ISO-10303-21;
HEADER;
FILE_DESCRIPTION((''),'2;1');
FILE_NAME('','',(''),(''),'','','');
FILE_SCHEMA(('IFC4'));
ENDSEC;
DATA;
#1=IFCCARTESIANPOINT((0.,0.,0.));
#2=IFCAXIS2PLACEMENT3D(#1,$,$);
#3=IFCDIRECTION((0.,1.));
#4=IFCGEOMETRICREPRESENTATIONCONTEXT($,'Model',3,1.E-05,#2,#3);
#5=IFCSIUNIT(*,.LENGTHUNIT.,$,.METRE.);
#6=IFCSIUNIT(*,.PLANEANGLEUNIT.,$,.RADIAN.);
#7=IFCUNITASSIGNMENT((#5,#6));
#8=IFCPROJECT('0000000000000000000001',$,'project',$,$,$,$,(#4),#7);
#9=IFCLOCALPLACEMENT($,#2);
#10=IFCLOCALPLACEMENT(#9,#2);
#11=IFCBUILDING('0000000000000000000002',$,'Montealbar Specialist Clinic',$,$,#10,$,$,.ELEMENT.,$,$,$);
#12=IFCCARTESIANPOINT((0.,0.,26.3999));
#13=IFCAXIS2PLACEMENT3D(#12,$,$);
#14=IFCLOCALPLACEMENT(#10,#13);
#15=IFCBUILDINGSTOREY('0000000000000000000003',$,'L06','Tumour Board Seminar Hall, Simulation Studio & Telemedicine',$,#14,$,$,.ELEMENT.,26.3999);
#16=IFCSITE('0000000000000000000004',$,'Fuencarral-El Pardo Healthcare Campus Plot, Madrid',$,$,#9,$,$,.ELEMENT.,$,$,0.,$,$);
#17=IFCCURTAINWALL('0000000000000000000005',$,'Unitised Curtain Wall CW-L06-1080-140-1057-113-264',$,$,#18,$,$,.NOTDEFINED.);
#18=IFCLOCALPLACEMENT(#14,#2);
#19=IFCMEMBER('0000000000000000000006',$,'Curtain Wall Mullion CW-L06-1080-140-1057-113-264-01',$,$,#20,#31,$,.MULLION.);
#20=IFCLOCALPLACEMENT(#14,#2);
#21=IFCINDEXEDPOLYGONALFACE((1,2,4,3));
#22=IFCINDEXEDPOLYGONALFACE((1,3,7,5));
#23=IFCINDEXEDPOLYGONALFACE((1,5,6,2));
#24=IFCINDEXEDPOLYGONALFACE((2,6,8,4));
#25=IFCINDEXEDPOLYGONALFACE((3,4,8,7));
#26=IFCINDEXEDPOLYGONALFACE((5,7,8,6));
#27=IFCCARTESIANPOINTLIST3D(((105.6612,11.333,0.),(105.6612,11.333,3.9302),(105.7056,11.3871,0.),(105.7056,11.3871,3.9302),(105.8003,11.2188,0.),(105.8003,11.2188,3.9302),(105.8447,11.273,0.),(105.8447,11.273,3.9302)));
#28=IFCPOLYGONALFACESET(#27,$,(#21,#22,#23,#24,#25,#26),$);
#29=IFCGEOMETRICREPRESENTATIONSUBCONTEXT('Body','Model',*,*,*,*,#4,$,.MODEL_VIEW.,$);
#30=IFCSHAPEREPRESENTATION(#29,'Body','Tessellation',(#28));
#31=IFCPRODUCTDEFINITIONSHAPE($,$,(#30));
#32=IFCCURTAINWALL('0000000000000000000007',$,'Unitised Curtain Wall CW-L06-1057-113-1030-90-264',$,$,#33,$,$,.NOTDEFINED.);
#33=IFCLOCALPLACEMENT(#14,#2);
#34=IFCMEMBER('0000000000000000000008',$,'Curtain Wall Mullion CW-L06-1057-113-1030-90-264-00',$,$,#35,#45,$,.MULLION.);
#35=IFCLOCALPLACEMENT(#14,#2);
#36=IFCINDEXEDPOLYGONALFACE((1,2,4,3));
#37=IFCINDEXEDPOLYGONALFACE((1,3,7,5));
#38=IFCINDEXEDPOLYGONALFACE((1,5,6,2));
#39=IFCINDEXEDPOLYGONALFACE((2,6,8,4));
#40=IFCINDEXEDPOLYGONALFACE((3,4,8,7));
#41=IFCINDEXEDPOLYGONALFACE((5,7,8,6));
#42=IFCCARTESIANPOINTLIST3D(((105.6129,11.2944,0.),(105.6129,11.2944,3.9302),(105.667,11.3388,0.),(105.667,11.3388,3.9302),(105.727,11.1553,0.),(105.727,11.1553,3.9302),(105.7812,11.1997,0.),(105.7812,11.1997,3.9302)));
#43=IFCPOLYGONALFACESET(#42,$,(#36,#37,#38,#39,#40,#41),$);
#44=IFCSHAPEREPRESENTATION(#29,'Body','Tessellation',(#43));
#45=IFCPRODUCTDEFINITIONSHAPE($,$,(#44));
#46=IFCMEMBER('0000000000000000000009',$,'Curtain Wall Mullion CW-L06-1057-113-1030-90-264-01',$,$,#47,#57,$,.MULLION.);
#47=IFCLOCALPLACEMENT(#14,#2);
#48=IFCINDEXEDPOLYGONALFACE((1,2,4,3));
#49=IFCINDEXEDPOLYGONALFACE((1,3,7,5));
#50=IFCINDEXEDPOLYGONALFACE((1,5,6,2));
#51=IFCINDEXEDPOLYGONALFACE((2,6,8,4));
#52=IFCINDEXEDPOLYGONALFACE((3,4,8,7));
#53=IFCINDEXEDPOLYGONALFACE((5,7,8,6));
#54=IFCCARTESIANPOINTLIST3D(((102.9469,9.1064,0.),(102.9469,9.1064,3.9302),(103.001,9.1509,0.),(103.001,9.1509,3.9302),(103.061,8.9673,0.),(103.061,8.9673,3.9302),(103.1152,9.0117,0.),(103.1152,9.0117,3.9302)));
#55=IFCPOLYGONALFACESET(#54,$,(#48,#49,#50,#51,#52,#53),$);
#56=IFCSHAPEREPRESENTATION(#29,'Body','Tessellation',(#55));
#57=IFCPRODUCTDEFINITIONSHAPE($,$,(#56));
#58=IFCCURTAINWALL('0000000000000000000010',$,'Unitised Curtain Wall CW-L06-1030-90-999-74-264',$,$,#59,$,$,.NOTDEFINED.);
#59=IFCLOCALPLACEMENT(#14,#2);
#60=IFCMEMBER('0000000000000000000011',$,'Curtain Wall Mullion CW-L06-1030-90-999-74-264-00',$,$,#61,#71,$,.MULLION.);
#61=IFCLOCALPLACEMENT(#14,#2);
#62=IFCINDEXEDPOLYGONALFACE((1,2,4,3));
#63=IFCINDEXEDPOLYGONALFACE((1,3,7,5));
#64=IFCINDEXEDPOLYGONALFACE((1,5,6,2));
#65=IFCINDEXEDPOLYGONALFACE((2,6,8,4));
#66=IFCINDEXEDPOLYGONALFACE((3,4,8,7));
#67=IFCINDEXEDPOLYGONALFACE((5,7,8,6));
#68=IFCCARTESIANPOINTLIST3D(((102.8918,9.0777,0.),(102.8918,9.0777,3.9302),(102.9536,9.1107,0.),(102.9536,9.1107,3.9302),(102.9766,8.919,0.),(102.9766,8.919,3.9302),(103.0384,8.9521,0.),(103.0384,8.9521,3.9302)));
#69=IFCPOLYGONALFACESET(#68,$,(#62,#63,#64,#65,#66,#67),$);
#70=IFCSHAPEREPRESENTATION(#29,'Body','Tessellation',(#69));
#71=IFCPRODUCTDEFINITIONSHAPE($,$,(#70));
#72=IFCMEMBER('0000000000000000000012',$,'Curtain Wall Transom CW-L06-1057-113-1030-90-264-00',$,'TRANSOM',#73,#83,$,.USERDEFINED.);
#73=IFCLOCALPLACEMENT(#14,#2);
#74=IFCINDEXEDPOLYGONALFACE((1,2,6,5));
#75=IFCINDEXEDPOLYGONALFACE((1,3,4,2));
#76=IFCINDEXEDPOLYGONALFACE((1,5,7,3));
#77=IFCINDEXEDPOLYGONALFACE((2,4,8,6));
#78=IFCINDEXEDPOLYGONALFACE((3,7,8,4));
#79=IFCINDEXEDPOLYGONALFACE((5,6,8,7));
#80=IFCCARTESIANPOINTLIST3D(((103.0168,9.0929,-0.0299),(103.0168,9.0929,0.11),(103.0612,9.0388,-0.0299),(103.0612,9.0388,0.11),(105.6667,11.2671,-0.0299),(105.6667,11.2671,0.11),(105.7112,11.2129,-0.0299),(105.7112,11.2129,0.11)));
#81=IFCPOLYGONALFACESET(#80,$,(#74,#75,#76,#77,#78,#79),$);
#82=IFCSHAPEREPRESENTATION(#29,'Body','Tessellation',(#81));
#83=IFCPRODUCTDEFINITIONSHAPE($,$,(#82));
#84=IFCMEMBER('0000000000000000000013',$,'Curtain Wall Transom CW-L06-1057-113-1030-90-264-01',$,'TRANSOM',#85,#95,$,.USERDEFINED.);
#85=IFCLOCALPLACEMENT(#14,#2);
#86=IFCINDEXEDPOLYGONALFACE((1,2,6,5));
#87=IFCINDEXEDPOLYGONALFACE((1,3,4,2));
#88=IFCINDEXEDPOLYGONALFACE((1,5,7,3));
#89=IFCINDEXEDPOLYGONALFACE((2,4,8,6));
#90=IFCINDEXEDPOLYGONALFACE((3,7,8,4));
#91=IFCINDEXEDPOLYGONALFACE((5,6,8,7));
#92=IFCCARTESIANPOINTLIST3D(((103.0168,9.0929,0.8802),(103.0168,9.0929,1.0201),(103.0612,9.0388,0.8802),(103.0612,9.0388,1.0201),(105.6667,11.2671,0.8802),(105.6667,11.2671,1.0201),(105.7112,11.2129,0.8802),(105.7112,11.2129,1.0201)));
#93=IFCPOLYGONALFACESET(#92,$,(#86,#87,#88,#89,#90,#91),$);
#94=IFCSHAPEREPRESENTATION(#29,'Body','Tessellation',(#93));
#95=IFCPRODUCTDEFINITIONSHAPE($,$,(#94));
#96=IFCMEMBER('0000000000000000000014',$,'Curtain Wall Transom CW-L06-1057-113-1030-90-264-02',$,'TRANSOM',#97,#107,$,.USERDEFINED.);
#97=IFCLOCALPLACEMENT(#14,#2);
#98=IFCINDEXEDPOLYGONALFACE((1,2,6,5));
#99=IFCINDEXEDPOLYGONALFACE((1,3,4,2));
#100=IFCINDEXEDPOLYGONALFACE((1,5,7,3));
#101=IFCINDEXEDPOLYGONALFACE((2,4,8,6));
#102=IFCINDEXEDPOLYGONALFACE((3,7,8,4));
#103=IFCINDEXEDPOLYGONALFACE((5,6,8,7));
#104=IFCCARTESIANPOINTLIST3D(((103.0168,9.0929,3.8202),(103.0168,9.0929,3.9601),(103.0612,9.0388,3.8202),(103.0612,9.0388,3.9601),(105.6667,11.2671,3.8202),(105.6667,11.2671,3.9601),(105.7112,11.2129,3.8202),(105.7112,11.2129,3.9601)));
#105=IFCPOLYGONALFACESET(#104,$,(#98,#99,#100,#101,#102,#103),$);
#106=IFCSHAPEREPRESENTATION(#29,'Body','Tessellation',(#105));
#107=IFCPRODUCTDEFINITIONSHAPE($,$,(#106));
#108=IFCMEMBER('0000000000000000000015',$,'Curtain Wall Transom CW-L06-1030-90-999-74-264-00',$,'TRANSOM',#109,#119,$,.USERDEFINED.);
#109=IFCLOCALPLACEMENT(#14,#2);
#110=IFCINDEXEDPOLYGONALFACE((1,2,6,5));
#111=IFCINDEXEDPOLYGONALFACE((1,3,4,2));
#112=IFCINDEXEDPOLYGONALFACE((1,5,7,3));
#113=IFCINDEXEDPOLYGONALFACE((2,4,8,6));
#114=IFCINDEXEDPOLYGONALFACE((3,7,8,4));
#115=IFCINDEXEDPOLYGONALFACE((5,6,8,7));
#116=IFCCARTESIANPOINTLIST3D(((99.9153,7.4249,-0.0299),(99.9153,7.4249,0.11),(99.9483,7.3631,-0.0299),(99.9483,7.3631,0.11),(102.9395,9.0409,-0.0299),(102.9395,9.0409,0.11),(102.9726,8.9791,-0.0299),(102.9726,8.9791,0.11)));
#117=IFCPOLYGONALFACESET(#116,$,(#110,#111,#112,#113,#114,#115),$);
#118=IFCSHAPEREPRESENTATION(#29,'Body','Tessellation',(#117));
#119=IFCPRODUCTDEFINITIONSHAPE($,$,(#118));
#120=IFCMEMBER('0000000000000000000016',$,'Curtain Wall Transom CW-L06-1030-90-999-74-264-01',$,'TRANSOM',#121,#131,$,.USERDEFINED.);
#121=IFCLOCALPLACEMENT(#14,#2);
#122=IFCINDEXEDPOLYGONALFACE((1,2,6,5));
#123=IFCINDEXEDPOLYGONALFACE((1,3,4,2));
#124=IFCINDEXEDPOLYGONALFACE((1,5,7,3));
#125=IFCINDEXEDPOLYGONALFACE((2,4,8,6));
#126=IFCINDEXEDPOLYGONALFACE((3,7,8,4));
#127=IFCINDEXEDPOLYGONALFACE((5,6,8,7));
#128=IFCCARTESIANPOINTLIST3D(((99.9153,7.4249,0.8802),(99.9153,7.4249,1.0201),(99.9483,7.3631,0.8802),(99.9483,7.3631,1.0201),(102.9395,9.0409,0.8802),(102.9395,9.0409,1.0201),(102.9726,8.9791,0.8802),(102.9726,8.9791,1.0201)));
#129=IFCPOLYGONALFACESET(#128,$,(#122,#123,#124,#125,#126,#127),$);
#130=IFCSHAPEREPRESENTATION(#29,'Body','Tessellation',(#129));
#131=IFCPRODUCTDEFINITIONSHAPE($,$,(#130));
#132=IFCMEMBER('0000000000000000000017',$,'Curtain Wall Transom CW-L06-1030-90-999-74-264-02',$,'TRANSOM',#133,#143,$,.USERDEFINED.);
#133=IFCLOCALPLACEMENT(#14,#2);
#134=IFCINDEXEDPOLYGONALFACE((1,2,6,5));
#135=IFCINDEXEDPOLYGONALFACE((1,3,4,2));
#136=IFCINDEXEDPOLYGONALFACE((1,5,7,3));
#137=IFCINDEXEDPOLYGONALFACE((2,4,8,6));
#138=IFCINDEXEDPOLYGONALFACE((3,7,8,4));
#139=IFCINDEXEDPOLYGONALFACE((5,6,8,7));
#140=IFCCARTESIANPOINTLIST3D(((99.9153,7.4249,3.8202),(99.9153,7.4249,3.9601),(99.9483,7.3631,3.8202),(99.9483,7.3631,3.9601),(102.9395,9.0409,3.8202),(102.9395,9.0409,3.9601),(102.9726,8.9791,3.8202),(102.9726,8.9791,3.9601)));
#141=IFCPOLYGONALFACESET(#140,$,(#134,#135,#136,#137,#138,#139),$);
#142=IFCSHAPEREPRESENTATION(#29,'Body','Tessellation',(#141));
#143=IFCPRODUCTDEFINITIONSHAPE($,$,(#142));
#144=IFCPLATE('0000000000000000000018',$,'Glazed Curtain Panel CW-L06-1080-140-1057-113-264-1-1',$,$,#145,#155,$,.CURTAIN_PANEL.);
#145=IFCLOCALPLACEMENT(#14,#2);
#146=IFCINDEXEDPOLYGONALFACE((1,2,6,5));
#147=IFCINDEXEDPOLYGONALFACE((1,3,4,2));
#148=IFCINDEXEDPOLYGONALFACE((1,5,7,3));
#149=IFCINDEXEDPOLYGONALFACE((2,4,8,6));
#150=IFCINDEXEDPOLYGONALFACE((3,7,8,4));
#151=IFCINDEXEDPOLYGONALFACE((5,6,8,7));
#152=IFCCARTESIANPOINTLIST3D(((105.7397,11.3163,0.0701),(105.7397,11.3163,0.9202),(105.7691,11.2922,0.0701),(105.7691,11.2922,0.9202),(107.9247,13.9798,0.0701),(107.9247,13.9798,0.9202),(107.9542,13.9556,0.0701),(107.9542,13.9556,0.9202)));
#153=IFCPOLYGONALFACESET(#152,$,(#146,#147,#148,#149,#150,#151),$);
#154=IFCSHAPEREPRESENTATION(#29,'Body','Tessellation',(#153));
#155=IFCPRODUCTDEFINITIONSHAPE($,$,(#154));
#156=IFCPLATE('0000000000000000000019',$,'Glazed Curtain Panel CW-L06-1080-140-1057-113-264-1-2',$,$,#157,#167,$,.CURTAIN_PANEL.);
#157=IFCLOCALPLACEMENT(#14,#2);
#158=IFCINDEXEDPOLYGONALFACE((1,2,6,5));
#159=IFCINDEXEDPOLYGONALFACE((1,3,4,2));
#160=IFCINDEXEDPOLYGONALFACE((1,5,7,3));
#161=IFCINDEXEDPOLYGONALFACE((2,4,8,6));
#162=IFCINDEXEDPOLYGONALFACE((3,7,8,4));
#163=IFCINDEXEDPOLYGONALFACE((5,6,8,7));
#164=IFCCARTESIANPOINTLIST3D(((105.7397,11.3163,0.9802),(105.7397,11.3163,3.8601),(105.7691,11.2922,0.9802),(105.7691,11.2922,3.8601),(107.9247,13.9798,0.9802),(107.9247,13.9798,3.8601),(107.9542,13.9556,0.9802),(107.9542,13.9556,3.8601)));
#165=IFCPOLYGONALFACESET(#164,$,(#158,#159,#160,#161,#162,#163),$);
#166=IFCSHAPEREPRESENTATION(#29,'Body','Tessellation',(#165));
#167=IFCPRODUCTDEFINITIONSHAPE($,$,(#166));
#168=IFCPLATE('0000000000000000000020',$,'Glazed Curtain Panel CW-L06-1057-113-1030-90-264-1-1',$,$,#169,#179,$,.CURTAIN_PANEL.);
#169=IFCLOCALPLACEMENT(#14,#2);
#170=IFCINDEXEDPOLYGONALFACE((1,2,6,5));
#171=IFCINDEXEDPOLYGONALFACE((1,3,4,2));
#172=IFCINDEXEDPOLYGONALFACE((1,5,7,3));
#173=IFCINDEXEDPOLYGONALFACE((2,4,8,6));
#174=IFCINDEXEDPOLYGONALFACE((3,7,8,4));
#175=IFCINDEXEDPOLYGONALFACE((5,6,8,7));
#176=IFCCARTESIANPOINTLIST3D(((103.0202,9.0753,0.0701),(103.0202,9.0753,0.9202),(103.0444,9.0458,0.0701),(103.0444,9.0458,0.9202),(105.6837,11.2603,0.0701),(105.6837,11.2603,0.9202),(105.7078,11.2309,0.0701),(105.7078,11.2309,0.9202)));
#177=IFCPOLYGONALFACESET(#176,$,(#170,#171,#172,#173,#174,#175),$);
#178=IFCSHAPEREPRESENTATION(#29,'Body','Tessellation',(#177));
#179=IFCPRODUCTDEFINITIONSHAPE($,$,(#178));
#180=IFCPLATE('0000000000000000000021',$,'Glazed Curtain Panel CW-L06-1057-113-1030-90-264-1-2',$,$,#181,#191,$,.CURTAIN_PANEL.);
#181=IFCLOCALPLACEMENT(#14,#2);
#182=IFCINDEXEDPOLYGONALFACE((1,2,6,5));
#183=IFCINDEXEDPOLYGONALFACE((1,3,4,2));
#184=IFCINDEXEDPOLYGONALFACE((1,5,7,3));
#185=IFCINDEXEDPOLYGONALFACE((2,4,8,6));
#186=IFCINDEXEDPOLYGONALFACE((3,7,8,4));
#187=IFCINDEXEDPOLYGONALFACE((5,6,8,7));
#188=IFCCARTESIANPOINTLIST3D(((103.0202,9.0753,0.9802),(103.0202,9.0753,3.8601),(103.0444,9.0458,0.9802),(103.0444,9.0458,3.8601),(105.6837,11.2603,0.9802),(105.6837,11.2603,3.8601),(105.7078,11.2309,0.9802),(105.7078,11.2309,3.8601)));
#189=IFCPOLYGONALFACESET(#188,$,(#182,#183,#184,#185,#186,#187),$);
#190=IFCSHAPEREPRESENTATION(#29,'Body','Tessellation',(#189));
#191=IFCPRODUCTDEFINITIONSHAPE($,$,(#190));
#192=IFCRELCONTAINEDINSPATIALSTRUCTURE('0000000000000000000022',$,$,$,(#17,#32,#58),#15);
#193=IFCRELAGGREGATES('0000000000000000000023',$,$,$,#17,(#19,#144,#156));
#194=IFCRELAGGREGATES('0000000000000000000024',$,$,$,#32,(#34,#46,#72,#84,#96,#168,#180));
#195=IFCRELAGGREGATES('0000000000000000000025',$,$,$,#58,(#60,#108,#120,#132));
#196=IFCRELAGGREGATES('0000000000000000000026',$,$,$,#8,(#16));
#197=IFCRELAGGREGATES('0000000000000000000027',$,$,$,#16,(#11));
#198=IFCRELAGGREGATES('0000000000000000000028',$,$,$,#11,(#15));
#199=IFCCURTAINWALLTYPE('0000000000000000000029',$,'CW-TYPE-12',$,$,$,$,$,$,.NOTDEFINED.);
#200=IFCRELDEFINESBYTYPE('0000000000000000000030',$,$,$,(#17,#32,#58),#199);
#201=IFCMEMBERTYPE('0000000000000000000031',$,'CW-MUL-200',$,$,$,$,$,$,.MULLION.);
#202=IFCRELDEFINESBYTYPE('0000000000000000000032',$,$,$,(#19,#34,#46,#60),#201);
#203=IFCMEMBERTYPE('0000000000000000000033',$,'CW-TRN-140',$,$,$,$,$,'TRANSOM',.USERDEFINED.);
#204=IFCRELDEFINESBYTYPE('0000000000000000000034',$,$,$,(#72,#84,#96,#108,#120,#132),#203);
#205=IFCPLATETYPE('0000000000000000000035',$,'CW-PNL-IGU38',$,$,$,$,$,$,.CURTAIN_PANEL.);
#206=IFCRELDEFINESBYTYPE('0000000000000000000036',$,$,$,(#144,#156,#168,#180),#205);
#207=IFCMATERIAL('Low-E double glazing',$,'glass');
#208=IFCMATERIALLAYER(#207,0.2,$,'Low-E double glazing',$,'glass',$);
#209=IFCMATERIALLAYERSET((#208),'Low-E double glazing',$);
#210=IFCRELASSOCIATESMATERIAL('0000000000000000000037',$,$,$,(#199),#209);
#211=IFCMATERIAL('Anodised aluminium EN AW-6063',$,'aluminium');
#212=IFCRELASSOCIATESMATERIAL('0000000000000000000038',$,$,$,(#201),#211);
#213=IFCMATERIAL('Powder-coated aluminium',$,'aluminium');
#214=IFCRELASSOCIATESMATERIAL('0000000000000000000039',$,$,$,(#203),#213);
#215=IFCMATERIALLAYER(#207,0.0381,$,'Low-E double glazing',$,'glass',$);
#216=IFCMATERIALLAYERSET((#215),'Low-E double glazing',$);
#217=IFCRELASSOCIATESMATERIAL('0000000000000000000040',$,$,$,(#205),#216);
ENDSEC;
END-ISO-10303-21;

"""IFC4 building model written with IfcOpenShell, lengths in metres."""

from ifc_helpers import new_model, si_unit, direction, frame, origin, origin_2d, place, context, subcontext, project, spatial, rectangle, extrude, material, layer, layer_set, material_profile, profile_set, type_object, element, aggregate, save


model = new_model("IFC4")

# Units and contexts
model_context = context("Model", 3, precision=1e-05, world=origin(), true_north=direction((0.0, 1.0)))
body_context = subcontext(model_context, "Body", "Model", "MODEL_VIEW")
ifc_project = project(units=[si_unit("LENGTHUNIT", "METRE"), si_unit("PLANEANGLEUNIT", "RADIAN")], contexts=[model_context])

# Site, building, storey
site_placement = place(None, origin())
site = spatial("IfcSite", under=ifc_project, at=site_placement, Name="Fuencarral-El Pardo Healthcare Campus Plot, Madrid", CompositionType="ELEMENT", RefElevation=0.0)
building_placement = place(site_placement, origin())
building = spatial("IfcBuilding", under=site, at=building_placement, Name="Montealbar Specialist Clinic", CompositionType="ELEMENT")
storey_placement = place(building_placement, frame((0.0, 0.0, 26.3999)))
storey = spatial("IfcBuildingStorey", under=building, at=storey_placement, Name="L06", Description="Tumour Board Seminar Hall, Simulation Studio & Telemedicine", CompositionType="ELEMENT", Elevation=26.3999)

# Curtain wall, member
ifc_material_1 = material(Name="Low-E double glazing", Category="glass")
ifc_layer_1 = layer(ifc_material_1, 0.2, Name="Low-E double glazing", Category="glass")
ifc_layer_set_1 = layer_set([ifc_layer_1], Name="Low-E double glazing")
curtain_wall_type = type_object("IfcCurtainWallType", Name="CW-TYPE-12", PredefinedType="NOTDEFINED", material=ifc_layer_set_1)
curtain_wall_1_placement = place(storey_placement, origin())
curtain_wall_1 = element("IfcCurtainWall", 1, at=curtain_wall_1_placement, inside=storey, type_object=curtain_wall_type, Name="Unitised Curtain Wall CW-L06-1080-140-1057-113-264", PredefinedType="NOTDEFINED")
ifc_material_2 = material(Name="Anodised aluminium EN AW-6063", Category="aluminium")
ifc_material_profile_1 = material_profile(ifc_material_2, rectangle(XDim=0.0701, YDim=0.1799, at=origin_2d()), Name="ALU 70x180", Category="aluminium")
ifc_profile_set_1 = profile_set([ifc_material_profile_1], Name="Anodised aluminium EN AW-6063")
member_type_1 = type_object("IfcMemberType", Name="CW-MUL-200", PredefinedType="MULLION", material=ifc_profile_set_1)
member_1_placement = place(storey_placement, frame((105.7529, 11.303, 0.0), z_axis=(0.0, 0.0, 1.0), x_axis=(-0.634256, -0.773123, 0.0)))
member_1 = element("IfcMember", 2, at=member_1_placement, type_object=member_type_1, Name="Curtain Wall Mullion CW-L06-1080-140-1057-113-264-01", PredefinedType="MULLION", context=body_context, shape_type="SweptSolid", body=[
    extrude(rectangle(XDim=0.0701, YDim=0.1799, at=origin_2d()), origin(), (0.0, 0.0, 1.0), 3.9302),
])

# Curtain wall, members
curtain_wall_2_placement = place(storey_placement, origin())
curtain_wall_2 = element("IfcCurtainWall", 3, at=curtain_wall_2_placement, inside=storey, type_object=curtain_wall_type, Name="Unitised Curtain Wall CW-L06-1057-113-1030-90-264", PredefinedType="NOTDEFINED")
member_2_placement = place(storey_placement, frame((105.697, 11.2471, 0.0), z_axis=(0.0, 0.0, 1.0), x_axis=(-0.773123, -0.634256, 0.0)))
member_2 = element("IfcMember", 4, at=member_2_placement, type_object=member_type_1, Name="Curtain Wall Mullion CW-L06-1057-113-1030-90-264-00", PredefinedType="MULLION", context=body_context, shape_type="SweptSolid", body=[
    extrude(rectangle(XDim=0.0701, YDim=0.1799, at=origin_2d()), origin(), (0.0, 0.0, 1.0), 3.9302),
])
member_3_placement = place(storey_placement, frame((103.031, 9.0591, 0.0), z_axis=(0.0, 0.0, 1.0), x_axis=(-0.773123, -0.634256, 0.0)))
member_3 = element("IfcMember", 5, at=member_3_placement, type_object=member_type_1, Name="Curtain Wall Mullion CW-L06-1057-113-1030-90-264-01", PredefinedType="MULLION", context=body_context, shape_type="SweptSolid", body=[
    extrude(rectangle(XDim=0.0701, YDim=0.1799, at=origin_2d()), origin(), (0.0, 0.0, 1.0), 3.9302),
])

# Curtain wall, member
curtain_wall_3_placement = place(storey_placement, origin())
curtain_wall_3 = element("IfcCurtainWall", 6, at=curtain_wall_3_placement, inside=storey, type_object=curtain_wall_type, Name="Unitised Curtain Wall CW-L06-1030-90-999-74-264", PredefinedType="NOTDEFINED")
member_4_placement = place(storey_placement, frame((102.9651, 9.0149, 0.0), z_axis=(0.0, 0.0, 1.0), x_axis=(-0.88185, -0.471529, 0.0)))
member_4 = element("IfcMember", 7, at=member_4_placement, type_object=member_type_1, Name="Curtain Wall Mullion CW-L06-1030-90-999-74-264-00", PredefinedType="MULLION", context=body_context, shape_type="SweptSolid", body=[
    extrude(rectangle(XDim=0.0701, YDim=0.1799, at=origin_2d()), origin(), (0.0, 0.0, 1.0), 3.9302),
])

# Members
ifc_material_3 = material(Name="Powder-coated aluminium", Category="aluminium")
ifc_material_profile_2 = material_profile(ifc_material_3, rectangle(XDim=0.0701, YDim=0.1399, at=origin_2d()), Name="ALU 70x140", Category="aluminium")
ifc_profile_set_2 = profile_set([ifc_material_profile_2], Name="Powder-coated aluminium")
member_type_2 = type_object("IfcMemberType", Name="CW-TRN-140", ElementType="TRANSOM", PredefinedType="USERDEFINED", material=ifc_profile_set_2)
member_5_placement = place(storey_placement, frame((105.689, 11.24, 0.04), z_axis=(-0.773103, -0.634281, 0.0), x_axis=(0.634281, -0.773103, 0.0)))
member_5 = element("IfcMember", 8, at=member_5_placement, type_object=member_type_2, Name="Curtain Wall Transom CW-L06-1057-113-1030-90-264-00", ObjectType="TRANSOM", PredefinedType="USERDEFINED", context=body_context, shape_type="SweptSolid", body=[
    extrude(rectangle(XDim=0.0701, YDim=0.1399, at=origin_2d()), origin(), (0.0, 0.0, 1.0), 3.4277),
])
member_6_placement = place(storey_placement, frame((105.689, 11.24, 0.9502), z_axis=(-0.773103, -0.634281, 0.0), x_axis=(0.634281, -0.773103, 0.0)))
member_6 = element("IfcMember", 9, at=member_6_placement, type_object=member_type_2, Name="Curtain Wall Transom CW-L06-1057-113-1030-90-264-01", ObjectType="TRANSOM", PredefinedType="USERDEFINED", context=body_context, shape_type="SweptSolid", body=[
    extrude(rectangle(XDim=0.0701, YDim=0.1399, at=origin_2d()), origin(), (0.0, 0.0, 1.0), 3.4277),
])
member_7_placement = place(storey_placement, frame((105.689, 11.24, 3.8901), z_axis=(-0.773103, -0.634281, 0.0), x_axis=(0.634281, -0.773103, 0.0)))
member_7 = element("IfcMember", 10, at=member_7_placement, type_object=member_type_2, Name="Curtain Wall Transom CW-L06-1057-113-1030-90-264-02", ObjectType="TRANSOM", PredefinedType="USERDEFINED", context=body_context, shape_type="SweptSolid", body=[
    extrude(rectangle(XDim=0.0701, YDim=0.1399, at=origin_2d()), origin(), (0.0, 0.0, 1.0), 3.4277),
])
member_8_placement = place(storey_placement, frame((102.9561, 9.01, 0.04), z_axis=(-0.88198, -0.471287, 0.0), x_axis=(0.471287, -0.88198, 0.0)))
member_8 = element("IfcMember", 11, at=member_8_placement, type_object=member_type_2, Name="Curtain Wall Transom CW-L06-1030-90-999-74-264-00", ObjectType="TRANSOM", PredefinedType="USERDEFINED", context=body_context, shape_type="SweptSolid", body=[
    extrude(rectangle(XDim=0.0701, YDim=0.1399, at=origin_2d()), origin(), (0.0, 0.0, 1.0), 3.429),
])
member_9_placement = place(storey_placement, frame((102.9561, 9.01, 0.9502), z_axis=(-0.88198, -0.471287, 0.0), x_axis=(0.471287, -0.88198, 0.0)))
member_9 = element("IfcMember", 12, at=member_9_placement, type_object=member_type_2, Name="Curtain Wall Transom CW-L06-1030-90-999-74-264-01", ObjectType="TRANSOM", PredefinedType="USERDEFINED", context=body_context, shape_type="SweptSolid", body=[
    extrude(rectangle(XDim=0.0701, YDim=0.1399, at=origin_2d()), origin(), (0.0, 0.0, 1.0), 3.429),
])
member_10_placement = place(storey_placement, frame((102.9561, 9.01, 3.8901), z_axis=(-0.88198, -0.471287, 0.0), x_axis=(0.471287, -0.88198, 0.0)))
member_10 = element("IfcMember", 13, at=member_10_placement, type_object=member_type_2, Name="Curtain Wall Transom CW-L06-1030-90-999-74-264-02", ObjectType="TRANSOM", PredefinedType="USERDEFINED", context=body_context, shape_type="SweptSolid", body=[
    extrude(rectangle(XDim=0.0701, YDim=0.1399, at=origin_2d()), origin(), (0.0, 0.0, 1.0), 3.429),
])

# Plates
ifc_layer_2 = layer(ifc_material_1, 0.0381, Name="Low-E double glazing", Category="glass")
ifc_layer_set_2 = layer_set([ifc_layer_2], Name="Low-E double glazing")
plate_type = type_object("IfcPlateType", Name="CW-PNL-IGU38", PredefinedType="CURTAIN_PANEL", material=ifc_layer_set_2)
plate_1_placement = place(storey_placement, frame((106.8469, 12.636, 0.0701), z_axis=(0.0, 0.0, 1.0), x_axis=(-0.634256, -0.773123, 0.0)))
plate_1 = element("IfcPlate", 14, at=plate_1_placement, type_object=plate_type, Name="Glazed Curtain Panel CW-L06-1080-140-1057-113-264-1-1", PredefinedType="CURTAIN_PANEL", context=body_context, shape_type="SweptSolid", body=[
    extrude(rectangle(XDim=3.4451, YDim=0.0381, at=origin_2d()), origin(), (0.0, 0.0, 1.0), 0.8501),
])
plate_2_placement = place(storey_placement, frame((106.8469, 12.636, 0.9802), z_axis=(0.0, 0.0, 1.0), x_axis=(-0.634256, -0.773123, 0.0)))
plate_2 = element("IfcPlate", 15, at=plate_2_placement, type_object=plate_type, Name="Glazed Curtain Panel CW-L06-1080-140-1057-113-264-1-2", PredefinedType="CURTAIN_PANEL", context=body_context, shape_type="SweptSolid", body=[
    extrude(rectangle(XDim=3.4451, YDim=0.0381, at=origin_2d()), origin(), (0.0, 0.0, 1.0), 2.8799),
])
aggregate(curtain_wall_1, [member_1, plate_1, plate_2])
plate_3_placement = place(storey_placement, frame((104.364, 10.1531, 0.0701), z_axis=(0.0, 0.0, 1.0), x_axis=(-0.773123, -0.634256, 0.0)))
plate_3 = element("IfcPlate", 16, at=plate_3_placement, type_object=plate_type, Name="Glazed Curtain Panel CW-L06-1057-113-1030-90-264-1-1", PredefinedType="CURTAIN_PANEL", context=body_context, shape_type="SweptSolid", body=[
    extrude(rectangle(XDim=3.4451, YDim=0.0381, at=origin_2d()), origin(), (0.0, 0.0, 1.0), 0.8501),
])
plate_4_placement = place(storey_placement, frame((104.364, 10.1531, 0.9802), z_axis=(0.0, 0.0, 1.0), x_axis=(-0.773123, -0.634256, 0.0)))
plate_4 = element("IfcPlate", 17, at=plate_4_placement, type_object=plate_type, Name="Glazed Curtain Panel CW-L06-1057-113-1030-90-264-1-2", PredefinedType="CURTAIN_PANEL", context=body_context, shape_type="SweptSolid", body=[
    extrude(rectangle(XDim=3.4451, YDim=0.0381, at=origin_2d()), origin(), (0.0, 0.0, 1.0), 2.8799),
])
aggregate(curtain_wall_2, [member_2, member_3, member_5, member_6, member_7, plate_3, plate_4])
aggregate(curtain_wall_3, [member_4, member_8, member_9, member_10])

save(model, "model.ifc")
